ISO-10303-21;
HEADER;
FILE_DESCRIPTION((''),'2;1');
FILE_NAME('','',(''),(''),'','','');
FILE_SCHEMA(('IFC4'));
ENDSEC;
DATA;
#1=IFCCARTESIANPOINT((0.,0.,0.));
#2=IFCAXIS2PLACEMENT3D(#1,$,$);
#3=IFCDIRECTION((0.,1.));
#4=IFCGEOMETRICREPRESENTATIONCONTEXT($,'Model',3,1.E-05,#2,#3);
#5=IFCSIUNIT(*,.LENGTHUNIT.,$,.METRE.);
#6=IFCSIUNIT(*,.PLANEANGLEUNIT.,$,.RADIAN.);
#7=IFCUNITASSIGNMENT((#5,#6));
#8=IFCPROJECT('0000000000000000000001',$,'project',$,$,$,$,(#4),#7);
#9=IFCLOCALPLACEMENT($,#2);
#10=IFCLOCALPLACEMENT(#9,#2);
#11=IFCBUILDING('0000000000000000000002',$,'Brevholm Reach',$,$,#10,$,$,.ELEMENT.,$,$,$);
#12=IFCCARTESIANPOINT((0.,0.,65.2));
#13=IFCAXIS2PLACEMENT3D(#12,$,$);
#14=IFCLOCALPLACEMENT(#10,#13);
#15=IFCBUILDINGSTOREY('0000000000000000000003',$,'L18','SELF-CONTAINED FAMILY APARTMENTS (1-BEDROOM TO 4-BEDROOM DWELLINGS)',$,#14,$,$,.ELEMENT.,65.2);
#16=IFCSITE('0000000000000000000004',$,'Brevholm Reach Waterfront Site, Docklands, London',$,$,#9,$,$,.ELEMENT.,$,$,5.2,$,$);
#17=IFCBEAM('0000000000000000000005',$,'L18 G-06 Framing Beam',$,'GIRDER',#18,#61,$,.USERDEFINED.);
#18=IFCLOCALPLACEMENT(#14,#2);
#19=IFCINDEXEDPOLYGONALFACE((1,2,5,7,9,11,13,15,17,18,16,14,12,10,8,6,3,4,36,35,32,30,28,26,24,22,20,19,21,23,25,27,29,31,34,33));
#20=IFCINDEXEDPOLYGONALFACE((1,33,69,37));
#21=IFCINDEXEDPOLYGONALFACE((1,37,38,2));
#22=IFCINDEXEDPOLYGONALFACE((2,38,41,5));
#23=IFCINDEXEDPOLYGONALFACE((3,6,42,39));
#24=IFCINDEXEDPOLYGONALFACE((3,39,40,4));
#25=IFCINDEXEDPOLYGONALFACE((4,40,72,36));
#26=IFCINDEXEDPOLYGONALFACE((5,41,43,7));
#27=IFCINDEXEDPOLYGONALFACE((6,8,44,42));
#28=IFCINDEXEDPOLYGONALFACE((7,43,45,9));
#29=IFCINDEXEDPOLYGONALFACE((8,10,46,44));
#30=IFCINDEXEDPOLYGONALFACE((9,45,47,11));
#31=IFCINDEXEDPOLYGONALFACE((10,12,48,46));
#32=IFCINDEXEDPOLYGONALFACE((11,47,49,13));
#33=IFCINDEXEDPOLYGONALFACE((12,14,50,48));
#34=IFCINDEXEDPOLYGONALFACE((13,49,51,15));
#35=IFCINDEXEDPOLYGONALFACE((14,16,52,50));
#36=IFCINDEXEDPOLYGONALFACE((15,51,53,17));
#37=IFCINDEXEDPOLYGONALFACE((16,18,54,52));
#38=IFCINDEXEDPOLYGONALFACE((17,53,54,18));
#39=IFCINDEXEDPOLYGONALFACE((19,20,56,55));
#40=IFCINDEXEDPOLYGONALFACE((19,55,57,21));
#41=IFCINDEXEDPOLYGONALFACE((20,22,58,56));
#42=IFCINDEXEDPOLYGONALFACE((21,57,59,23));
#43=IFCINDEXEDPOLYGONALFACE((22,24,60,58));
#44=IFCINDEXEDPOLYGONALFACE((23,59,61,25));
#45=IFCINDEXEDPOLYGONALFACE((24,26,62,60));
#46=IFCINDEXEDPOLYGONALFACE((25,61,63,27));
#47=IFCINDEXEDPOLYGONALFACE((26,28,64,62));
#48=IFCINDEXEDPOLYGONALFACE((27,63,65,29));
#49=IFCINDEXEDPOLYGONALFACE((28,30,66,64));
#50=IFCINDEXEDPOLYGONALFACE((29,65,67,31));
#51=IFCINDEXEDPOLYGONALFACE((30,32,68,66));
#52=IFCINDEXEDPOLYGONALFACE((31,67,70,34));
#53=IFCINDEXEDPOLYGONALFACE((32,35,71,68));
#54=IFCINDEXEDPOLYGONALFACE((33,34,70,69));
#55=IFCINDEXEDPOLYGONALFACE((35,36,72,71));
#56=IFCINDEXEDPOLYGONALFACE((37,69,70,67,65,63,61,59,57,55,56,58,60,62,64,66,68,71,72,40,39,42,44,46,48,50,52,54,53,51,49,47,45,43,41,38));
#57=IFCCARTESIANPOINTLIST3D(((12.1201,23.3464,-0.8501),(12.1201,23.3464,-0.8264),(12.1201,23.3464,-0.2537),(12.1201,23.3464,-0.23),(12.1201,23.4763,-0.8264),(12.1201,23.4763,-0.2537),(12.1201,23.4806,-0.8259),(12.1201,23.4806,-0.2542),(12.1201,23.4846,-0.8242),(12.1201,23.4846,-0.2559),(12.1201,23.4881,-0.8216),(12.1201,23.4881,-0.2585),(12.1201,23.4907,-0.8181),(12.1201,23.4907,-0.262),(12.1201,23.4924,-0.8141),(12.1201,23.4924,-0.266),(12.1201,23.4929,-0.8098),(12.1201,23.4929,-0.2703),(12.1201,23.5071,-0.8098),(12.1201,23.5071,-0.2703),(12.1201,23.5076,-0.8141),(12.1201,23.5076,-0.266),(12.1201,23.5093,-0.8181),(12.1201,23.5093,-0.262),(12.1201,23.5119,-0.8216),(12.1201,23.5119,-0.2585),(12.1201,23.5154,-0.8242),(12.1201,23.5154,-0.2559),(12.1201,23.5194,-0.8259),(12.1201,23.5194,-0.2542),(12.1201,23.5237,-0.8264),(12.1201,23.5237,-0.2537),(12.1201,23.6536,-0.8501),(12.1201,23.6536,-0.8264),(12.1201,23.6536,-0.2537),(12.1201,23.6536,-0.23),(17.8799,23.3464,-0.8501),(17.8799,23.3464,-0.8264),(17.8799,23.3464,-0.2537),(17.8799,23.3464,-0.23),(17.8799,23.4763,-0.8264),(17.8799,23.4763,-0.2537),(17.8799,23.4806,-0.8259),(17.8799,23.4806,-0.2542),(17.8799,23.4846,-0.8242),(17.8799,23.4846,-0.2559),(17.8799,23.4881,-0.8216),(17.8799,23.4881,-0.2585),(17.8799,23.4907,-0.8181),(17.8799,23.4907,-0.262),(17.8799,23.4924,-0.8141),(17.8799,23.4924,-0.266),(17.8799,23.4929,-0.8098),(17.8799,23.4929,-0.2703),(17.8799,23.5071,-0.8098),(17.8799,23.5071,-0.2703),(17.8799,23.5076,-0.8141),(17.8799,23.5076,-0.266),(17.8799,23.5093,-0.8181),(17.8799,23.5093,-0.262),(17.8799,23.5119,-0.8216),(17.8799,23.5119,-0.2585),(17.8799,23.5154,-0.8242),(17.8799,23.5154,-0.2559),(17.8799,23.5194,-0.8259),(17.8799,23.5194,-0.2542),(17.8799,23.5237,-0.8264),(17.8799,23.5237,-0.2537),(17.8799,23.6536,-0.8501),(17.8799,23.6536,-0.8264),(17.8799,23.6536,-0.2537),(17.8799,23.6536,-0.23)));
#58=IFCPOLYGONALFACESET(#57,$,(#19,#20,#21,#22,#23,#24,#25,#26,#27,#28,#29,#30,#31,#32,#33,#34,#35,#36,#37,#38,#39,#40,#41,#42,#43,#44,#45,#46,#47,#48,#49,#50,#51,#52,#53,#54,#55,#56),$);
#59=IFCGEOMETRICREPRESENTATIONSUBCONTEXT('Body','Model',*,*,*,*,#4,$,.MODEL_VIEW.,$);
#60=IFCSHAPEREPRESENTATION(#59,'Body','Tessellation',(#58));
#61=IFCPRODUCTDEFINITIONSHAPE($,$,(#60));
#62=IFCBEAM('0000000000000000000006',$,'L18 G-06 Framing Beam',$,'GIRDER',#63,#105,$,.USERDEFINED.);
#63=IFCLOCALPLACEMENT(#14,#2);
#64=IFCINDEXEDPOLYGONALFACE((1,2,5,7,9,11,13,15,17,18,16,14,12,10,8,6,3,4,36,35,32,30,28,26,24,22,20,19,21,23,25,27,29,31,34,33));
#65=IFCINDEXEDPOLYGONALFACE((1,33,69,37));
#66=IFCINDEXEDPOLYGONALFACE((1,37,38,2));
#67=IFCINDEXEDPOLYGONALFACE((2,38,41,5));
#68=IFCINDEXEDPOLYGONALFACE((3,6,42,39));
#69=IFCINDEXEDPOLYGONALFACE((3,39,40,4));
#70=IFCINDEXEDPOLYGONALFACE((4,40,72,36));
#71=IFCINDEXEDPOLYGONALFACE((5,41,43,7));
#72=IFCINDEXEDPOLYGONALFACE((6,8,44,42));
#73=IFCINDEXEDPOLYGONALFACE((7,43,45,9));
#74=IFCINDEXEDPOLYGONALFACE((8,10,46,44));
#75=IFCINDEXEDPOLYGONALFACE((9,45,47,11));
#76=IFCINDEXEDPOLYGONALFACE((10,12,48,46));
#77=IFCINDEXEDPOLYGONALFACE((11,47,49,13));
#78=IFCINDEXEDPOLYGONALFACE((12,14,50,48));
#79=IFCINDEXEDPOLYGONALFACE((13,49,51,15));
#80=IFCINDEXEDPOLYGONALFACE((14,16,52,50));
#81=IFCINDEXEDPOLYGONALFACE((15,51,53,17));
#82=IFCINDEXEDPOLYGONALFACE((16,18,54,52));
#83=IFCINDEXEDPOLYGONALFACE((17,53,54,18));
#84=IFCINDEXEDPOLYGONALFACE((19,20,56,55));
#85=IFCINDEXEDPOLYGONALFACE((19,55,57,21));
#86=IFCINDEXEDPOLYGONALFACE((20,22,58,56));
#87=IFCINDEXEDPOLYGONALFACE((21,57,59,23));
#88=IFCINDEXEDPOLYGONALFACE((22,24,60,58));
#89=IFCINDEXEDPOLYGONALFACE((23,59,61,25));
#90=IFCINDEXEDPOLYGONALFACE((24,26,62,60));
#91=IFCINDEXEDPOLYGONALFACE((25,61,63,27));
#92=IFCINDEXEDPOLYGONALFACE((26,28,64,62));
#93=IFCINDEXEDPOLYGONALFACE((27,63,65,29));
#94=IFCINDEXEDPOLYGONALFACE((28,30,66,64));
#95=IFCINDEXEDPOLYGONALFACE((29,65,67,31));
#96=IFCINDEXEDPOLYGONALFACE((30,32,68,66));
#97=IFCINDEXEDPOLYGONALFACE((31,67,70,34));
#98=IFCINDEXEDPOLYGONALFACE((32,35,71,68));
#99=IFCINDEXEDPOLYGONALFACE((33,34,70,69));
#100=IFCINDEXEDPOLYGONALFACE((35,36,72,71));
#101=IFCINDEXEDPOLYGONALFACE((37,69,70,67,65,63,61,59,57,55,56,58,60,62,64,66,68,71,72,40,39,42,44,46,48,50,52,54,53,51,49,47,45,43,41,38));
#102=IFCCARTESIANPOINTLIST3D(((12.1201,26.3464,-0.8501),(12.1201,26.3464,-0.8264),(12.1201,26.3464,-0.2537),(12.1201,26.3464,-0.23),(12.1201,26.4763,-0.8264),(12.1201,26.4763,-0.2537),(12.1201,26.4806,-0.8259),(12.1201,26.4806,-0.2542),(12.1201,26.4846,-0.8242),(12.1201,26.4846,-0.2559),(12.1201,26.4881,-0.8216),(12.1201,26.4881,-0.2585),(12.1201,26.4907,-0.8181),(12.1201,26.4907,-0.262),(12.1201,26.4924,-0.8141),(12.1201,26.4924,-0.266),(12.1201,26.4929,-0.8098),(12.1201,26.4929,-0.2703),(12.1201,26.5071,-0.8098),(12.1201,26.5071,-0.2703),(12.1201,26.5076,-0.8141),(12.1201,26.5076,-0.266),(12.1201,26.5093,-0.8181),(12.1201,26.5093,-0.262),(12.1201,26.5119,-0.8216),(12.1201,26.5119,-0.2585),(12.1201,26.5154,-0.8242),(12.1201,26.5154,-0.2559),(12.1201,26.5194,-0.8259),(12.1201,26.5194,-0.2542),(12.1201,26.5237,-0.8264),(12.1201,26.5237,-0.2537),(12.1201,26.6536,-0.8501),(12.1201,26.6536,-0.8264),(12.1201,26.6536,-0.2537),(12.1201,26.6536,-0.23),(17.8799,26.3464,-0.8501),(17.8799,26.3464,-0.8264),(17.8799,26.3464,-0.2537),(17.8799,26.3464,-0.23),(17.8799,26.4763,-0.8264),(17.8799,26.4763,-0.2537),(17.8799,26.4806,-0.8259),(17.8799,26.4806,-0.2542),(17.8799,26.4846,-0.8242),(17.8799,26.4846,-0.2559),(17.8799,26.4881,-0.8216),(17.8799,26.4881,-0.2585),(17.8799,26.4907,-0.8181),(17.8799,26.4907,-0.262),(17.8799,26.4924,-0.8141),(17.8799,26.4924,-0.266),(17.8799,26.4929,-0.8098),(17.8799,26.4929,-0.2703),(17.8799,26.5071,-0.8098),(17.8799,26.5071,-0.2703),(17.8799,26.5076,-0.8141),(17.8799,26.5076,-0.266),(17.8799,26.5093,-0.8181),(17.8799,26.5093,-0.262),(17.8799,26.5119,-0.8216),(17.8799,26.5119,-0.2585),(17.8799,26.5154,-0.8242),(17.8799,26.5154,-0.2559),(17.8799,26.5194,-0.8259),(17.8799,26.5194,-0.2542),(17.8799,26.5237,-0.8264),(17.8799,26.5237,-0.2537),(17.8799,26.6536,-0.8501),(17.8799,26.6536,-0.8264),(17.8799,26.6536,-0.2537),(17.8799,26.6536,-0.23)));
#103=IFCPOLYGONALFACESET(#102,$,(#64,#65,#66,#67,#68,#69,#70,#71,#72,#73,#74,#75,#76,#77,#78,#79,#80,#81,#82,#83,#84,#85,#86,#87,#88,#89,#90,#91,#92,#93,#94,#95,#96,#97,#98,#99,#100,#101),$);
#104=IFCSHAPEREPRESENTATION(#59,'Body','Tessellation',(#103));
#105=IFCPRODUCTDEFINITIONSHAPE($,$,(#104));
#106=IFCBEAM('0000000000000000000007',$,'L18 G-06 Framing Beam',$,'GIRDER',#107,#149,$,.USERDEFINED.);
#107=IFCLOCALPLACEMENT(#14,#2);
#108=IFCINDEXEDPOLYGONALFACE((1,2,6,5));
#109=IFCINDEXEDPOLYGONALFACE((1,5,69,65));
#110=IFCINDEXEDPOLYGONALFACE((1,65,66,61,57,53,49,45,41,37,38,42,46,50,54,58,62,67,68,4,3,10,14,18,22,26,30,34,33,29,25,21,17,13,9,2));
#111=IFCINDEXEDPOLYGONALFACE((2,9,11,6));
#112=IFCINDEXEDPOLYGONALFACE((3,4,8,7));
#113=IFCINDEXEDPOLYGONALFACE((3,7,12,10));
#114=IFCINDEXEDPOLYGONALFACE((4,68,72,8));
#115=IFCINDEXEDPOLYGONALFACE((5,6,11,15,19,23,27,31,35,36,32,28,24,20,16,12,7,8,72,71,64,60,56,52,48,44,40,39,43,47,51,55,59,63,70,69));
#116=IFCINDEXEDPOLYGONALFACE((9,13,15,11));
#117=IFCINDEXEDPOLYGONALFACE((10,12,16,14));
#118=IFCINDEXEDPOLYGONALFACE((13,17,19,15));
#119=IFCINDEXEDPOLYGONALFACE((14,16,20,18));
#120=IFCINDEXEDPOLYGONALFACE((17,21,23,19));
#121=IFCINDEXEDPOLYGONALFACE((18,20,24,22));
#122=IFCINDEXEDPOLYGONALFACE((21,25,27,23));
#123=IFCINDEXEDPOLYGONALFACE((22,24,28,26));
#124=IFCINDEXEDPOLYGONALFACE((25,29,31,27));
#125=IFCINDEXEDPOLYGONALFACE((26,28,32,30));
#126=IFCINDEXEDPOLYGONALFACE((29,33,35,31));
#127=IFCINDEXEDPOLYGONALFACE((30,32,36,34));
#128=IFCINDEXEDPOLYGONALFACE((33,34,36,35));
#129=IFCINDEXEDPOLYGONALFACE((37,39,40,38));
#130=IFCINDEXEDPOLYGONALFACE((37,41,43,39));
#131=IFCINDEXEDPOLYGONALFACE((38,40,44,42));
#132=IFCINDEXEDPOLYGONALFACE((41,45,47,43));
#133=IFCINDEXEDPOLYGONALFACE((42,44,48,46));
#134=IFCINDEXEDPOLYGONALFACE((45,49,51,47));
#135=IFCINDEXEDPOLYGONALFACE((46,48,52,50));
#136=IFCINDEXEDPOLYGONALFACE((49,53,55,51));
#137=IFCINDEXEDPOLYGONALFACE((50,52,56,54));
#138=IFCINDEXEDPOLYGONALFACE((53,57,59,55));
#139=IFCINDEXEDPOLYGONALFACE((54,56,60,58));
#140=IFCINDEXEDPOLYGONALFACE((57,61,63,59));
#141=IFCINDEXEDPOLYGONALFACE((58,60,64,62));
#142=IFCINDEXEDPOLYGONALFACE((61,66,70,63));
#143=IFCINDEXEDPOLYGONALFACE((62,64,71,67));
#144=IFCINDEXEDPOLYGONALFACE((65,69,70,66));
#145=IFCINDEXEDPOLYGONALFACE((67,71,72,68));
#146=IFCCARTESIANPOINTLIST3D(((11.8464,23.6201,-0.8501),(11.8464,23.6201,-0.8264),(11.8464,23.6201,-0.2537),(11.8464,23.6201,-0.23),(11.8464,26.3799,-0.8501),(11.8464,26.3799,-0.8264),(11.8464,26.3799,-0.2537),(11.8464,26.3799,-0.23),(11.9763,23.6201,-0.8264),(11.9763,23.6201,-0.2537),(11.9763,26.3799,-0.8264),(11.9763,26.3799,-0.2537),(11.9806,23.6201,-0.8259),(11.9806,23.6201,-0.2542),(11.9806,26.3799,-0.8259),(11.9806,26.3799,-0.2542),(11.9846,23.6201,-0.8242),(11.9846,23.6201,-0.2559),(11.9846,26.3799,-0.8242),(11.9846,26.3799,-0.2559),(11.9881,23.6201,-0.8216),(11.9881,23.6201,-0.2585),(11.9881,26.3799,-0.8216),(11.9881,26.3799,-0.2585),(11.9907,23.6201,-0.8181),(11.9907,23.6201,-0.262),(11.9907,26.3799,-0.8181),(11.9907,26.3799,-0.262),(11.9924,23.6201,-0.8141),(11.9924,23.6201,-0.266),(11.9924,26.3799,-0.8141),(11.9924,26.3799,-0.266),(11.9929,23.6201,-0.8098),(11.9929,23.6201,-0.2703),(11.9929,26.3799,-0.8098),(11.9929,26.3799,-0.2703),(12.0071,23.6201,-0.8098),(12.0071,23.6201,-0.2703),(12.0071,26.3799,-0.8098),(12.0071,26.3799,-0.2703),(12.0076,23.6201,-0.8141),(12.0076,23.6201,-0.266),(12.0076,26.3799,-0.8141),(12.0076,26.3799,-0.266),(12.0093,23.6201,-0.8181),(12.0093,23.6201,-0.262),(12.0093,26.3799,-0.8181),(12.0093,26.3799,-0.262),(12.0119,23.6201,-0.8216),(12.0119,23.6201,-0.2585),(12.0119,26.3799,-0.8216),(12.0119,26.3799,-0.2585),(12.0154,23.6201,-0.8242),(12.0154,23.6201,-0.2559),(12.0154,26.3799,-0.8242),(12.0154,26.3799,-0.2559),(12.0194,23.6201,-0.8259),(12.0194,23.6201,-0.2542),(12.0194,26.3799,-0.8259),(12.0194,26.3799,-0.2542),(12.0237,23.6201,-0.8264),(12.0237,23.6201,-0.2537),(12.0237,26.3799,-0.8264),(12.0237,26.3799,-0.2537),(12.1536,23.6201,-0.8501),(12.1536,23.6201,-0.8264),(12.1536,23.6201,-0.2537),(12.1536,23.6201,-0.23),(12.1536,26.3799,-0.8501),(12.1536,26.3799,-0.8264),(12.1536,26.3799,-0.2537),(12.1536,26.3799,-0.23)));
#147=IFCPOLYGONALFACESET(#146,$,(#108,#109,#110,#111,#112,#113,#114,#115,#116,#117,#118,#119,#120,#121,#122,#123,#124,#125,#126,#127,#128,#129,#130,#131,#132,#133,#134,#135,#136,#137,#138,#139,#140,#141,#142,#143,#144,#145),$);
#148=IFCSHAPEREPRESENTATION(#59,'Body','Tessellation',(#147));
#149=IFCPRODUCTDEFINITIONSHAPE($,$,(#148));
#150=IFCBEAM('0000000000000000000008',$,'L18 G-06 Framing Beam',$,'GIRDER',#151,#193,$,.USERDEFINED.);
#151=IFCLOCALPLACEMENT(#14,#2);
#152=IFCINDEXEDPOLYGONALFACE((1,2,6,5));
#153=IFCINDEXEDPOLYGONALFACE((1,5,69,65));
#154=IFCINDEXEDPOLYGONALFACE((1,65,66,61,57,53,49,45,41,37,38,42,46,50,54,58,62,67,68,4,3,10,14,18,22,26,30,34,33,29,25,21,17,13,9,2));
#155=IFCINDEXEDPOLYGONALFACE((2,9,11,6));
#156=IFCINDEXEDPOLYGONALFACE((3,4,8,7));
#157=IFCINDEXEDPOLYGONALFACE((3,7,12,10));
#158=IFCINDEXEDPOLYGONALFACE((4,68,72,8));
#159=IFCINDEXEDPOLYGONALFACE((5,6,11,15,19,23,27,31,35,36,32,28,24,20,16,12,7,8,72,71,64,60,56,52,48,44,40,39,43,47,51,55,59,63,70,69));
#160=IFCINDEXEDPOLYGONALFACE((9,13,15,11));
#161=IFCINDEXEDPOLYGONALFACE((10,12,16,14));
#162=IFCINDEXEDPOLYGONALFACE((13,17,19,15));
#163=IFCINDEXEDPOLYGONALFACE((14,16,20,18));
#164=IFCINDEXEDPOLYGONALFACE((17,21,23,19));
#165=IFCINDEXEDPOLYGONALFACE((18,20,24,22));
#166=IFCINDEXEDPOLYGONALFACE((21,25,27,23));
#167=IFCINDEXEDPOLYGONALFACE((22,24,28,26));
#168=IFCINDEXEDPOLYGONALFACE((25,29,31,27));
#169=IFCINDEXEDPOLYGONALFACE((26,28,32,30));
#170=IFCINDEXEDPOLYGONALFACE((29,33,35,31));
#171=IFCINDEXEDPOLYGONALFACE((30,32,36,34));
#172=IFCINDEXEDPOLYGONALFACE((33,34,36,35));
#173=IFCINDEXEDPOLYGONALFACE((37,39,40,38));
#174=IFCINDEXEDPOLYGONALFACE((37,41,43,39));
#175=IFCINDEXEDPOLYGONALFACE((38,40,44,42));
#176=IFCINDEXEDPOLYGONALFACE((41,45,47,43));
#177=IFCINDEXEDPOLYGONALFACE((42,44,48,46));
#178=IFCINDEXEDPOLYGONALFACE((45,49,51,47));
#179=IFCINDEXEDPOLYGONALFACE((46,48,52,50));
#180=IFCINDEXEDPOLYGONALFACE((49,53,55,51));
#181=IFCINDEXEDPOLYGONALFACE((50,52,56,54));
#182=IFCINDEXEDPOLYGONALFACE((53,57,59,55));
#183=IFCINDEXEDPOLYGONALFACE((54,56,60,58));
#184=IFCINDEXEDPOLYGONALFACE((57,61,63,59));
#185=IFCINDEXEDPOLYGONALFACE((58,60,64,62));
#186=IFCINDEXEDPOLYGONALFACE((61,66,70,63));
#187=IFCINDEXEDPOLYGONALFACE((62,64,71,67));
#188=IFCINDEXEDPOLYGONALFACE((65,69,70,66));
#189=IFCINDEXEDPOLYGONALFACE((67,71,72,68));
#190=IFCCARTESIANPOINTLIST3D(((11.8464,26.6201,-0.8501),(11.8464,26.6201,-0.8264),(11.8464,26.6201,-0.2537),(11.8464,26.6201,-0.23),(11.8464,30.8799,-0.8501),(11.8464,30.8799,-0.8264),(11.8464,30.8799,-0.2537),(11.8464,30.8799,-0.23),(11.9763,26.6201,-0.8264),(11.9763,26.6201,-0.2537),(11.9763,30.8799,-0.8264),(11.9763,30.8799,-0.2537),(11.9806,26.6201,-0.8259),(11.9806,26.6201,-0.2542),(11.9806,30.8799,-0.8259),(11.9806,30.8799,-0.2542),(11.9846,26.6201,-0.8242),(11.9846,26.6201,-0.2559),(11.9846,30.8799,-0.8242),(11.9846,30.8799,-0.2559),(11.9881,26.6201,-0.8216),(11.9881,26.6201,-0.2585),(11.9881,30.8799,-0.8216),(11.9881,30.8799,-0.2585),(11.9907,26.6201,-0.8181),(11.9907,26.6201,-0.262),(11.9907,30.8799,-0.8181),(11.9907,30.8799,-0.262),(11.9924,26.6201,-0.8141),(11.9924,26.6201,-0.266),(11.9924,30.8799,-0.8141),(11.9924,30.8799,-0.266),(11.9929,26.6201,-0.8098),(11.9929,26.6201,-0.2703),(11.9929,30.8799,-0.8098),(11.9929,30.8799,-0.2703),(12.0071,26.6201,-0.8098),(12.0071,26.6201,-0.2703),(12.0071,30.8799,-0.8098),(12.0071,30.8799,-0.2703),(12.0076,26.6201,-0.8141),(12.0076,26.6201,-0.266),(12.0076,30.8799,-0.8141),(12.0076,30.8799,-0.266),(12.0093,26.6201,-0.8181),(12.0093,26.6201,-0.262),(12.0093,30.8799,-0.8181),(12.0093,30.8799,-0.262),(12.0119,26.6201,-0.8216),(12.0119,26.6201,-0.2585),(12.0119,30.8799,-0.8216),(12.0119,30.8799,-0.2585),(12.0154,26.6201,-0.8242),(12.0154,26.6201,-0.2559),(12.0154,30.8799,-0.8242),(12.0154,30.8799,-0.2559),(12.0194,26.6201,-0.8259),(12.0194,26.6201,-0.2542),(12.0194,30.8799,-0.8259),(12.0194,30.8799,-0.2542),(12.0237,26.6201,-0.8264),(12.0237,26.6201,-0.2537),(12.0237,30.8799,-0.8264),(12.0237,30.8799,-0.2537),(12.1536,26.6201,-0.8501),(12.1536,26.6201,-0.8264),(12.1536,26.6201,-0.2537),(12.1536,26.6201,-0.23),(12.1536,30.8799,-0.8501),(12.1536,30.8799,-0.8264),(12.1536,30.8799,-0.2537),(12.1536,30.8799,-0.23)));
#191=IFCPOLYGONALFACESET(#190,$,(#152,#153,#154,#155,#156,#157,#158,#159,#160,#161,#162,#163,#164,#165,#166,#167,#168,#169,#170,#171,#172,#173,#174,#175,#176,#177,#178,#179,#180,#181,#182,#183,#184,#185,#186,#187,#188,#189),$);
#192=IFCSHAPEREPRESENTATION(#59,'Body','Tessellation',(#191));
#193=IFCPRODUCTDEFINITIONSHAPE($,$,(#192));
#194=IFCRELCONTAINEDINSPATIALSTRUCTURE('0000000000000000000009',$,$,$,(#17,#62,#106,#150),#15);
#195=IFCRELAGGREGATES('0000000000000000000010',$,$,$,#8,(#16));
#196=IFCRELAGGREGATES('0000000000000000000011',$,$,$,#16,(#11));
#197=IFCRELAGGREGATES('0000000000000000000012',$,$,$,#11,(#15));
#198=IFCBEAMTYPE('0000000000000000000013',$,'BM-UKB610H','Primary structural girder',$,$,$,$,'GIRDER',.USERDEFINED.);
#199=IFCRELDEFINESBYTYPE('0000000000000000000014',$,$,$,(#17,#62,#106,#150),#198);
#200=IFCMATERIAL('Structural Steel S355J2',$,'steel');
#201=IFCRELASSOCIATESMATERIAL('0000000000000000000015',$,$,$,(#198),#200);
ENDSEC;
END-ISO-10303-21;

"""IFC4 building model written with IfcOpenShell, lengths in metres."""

from ifc_helpers import new_model, si_unit, direction, frame, origin, origin_2d, place, context, subcontext, project, spatial, i_section, extrude, material, material_profile, profile_set, type_object, element, save


model = new_model("IFC4")

# Units and contexts
model_context = context("Model", 3, precision=1e-05, world=origin(), true_north=direction((0.0, 1.0)))
body_context = subcontext(model_context, "Body", "Model", "MODEL_VIEW")
ifc_project = project(units=[si_unit("LENGTHUNIT", "METRE"), si_unit("PLANEANGLEUNIT", "RADIAN")], contexts=[model_context])

# Site, building, storey
site_placement = place(None, origin())
site = spatial("IfcSite", under=ifc_project, at=site_placement, Name="Brevholm Reach Waterfront Site, Docklands, London", CompositionType="ELEMENT", RefElevation=5.2)
building_placement = place(site_placement, origin())
building = spatial("IfcBuilding", under=site, at=building_placement, Name="Brevholm Reach", CompositionType="ELEMENT")
storey_placement = place(building_placement, frame((0.0, 0.0, 65.2)))
storey = spatial("IfcBuildingStorey", under=building, at=storey_placement, Name="L18", Description="SELF-CONTAINED FAMILY APARTMENTS (1-BEDROOM TO 4-BEDROOM DWELLINGS)", CompositionType="ELEMENT", Elevation=65.2)

# Beams
ifc_material_1 = material(Name="Structural Steel S355J2", Category="steel")
ifc_material_profile_1 = material_profile(ifc_material_1, i_section(OverallWidth=0.3071, OverallDepth=0.6201, WebThickness=0.0142, FlangeThickness=0.0237, FilletRadius=0.0166, at=origin_2d()), Name="UKB 610x305x179")
ifc_profile_set_1 = profile_set([ifc_material_profile_1], Name="Structural Steel S355J2")
beam_type_1 = type_object("IfcBeamType", Name="BM-UKB610H", Description="Primary structural girder", ElementType="GIRDER", PredefinedType="USERDEFINED", material=ifc_profile_set_1)
for number, where, z_axis, x_axis, name in (
    (1, (12.1201, 23.5, -0.54), (1.0, 0.0, 0.0), (0.0, 1.0, 0.0), "L18 G-06 Framing Beam"),
    (2, (12.1201, 26.5, -0.54), (1.0, 0.0, 0.0), (0.0, 1.0, 0.0), "L18 G-06 Framing Beam"),
):
    element("IfcBeam", number, at=place(storey_placement, frame(where, z_axis=z_axis, x_axis=x_axis)), inside=storey, type_object=beam_type_1, Name=name, ObjectType="GIRDER", PredefinedType="USERDEFINED", context=body_context, shape_type="SweptSolid", body=[
        extrude(i_section(OverallWidth=0.3071, OverallDepth=0.6201, WebThickness=0.0142, FlangeThickness=0.0237, FilletRadius=0.0166, at=origin_2d()), origin(), (0.0, 0.0, 1.0), 5.7598),
    ])
beam_1_placement = place(storey_placement, frame((12.0, 23.6201, -0.54), z_axis=(0.0, 1.0, 0.0), x_axis=(-1.0, 0.0, 0.0)))
element("IfcBeam", 3, at=beam_1_placement, inside=storey, type_object=beam_type_1, Name="L18 G-06 Framing Beam", ObjectType="GIRDER", PredefinedType="USERDEFINED", context=body_context, shape_type="SweptSolid", body=[
    extrude(i_section(OverallWidth=0.3071, OverallDepth=0.6201, WebThickness=0.0142, FlangeThickness=0.0237, FilletRadius=0.0166, at=origin_2d()), origin(), (0.0, 0.0, 1.0), 2.7598),
])
beam_2_placement = place(storey_placement, frame((12.0, 26.6201, -0.54), z_axis=(0.0, 1.0, 0.0), x_axis=(-1.0, 0.0, 0.0)))
element("IfcBeam", 4, at=beam_2_placement, inside=storey, type_object=beam_type_1, Name="L18 G-06 Framing Beam", ObjectType="GIRDER", PredefinedType="USERDEFINED", context=body_context, shape_type="SweptSolid", body=[
    extrude(i_section(OverallWidth=0.3071, OverallDepth=0.6201, WebThickness=0.0142, FlangeThickness=0.0237, FilletRadius=0.0166, at=origin_2d()), origin(), (0.0, 0.0, 1.0), 4.2598),
])

save(model, "model.ifc")
